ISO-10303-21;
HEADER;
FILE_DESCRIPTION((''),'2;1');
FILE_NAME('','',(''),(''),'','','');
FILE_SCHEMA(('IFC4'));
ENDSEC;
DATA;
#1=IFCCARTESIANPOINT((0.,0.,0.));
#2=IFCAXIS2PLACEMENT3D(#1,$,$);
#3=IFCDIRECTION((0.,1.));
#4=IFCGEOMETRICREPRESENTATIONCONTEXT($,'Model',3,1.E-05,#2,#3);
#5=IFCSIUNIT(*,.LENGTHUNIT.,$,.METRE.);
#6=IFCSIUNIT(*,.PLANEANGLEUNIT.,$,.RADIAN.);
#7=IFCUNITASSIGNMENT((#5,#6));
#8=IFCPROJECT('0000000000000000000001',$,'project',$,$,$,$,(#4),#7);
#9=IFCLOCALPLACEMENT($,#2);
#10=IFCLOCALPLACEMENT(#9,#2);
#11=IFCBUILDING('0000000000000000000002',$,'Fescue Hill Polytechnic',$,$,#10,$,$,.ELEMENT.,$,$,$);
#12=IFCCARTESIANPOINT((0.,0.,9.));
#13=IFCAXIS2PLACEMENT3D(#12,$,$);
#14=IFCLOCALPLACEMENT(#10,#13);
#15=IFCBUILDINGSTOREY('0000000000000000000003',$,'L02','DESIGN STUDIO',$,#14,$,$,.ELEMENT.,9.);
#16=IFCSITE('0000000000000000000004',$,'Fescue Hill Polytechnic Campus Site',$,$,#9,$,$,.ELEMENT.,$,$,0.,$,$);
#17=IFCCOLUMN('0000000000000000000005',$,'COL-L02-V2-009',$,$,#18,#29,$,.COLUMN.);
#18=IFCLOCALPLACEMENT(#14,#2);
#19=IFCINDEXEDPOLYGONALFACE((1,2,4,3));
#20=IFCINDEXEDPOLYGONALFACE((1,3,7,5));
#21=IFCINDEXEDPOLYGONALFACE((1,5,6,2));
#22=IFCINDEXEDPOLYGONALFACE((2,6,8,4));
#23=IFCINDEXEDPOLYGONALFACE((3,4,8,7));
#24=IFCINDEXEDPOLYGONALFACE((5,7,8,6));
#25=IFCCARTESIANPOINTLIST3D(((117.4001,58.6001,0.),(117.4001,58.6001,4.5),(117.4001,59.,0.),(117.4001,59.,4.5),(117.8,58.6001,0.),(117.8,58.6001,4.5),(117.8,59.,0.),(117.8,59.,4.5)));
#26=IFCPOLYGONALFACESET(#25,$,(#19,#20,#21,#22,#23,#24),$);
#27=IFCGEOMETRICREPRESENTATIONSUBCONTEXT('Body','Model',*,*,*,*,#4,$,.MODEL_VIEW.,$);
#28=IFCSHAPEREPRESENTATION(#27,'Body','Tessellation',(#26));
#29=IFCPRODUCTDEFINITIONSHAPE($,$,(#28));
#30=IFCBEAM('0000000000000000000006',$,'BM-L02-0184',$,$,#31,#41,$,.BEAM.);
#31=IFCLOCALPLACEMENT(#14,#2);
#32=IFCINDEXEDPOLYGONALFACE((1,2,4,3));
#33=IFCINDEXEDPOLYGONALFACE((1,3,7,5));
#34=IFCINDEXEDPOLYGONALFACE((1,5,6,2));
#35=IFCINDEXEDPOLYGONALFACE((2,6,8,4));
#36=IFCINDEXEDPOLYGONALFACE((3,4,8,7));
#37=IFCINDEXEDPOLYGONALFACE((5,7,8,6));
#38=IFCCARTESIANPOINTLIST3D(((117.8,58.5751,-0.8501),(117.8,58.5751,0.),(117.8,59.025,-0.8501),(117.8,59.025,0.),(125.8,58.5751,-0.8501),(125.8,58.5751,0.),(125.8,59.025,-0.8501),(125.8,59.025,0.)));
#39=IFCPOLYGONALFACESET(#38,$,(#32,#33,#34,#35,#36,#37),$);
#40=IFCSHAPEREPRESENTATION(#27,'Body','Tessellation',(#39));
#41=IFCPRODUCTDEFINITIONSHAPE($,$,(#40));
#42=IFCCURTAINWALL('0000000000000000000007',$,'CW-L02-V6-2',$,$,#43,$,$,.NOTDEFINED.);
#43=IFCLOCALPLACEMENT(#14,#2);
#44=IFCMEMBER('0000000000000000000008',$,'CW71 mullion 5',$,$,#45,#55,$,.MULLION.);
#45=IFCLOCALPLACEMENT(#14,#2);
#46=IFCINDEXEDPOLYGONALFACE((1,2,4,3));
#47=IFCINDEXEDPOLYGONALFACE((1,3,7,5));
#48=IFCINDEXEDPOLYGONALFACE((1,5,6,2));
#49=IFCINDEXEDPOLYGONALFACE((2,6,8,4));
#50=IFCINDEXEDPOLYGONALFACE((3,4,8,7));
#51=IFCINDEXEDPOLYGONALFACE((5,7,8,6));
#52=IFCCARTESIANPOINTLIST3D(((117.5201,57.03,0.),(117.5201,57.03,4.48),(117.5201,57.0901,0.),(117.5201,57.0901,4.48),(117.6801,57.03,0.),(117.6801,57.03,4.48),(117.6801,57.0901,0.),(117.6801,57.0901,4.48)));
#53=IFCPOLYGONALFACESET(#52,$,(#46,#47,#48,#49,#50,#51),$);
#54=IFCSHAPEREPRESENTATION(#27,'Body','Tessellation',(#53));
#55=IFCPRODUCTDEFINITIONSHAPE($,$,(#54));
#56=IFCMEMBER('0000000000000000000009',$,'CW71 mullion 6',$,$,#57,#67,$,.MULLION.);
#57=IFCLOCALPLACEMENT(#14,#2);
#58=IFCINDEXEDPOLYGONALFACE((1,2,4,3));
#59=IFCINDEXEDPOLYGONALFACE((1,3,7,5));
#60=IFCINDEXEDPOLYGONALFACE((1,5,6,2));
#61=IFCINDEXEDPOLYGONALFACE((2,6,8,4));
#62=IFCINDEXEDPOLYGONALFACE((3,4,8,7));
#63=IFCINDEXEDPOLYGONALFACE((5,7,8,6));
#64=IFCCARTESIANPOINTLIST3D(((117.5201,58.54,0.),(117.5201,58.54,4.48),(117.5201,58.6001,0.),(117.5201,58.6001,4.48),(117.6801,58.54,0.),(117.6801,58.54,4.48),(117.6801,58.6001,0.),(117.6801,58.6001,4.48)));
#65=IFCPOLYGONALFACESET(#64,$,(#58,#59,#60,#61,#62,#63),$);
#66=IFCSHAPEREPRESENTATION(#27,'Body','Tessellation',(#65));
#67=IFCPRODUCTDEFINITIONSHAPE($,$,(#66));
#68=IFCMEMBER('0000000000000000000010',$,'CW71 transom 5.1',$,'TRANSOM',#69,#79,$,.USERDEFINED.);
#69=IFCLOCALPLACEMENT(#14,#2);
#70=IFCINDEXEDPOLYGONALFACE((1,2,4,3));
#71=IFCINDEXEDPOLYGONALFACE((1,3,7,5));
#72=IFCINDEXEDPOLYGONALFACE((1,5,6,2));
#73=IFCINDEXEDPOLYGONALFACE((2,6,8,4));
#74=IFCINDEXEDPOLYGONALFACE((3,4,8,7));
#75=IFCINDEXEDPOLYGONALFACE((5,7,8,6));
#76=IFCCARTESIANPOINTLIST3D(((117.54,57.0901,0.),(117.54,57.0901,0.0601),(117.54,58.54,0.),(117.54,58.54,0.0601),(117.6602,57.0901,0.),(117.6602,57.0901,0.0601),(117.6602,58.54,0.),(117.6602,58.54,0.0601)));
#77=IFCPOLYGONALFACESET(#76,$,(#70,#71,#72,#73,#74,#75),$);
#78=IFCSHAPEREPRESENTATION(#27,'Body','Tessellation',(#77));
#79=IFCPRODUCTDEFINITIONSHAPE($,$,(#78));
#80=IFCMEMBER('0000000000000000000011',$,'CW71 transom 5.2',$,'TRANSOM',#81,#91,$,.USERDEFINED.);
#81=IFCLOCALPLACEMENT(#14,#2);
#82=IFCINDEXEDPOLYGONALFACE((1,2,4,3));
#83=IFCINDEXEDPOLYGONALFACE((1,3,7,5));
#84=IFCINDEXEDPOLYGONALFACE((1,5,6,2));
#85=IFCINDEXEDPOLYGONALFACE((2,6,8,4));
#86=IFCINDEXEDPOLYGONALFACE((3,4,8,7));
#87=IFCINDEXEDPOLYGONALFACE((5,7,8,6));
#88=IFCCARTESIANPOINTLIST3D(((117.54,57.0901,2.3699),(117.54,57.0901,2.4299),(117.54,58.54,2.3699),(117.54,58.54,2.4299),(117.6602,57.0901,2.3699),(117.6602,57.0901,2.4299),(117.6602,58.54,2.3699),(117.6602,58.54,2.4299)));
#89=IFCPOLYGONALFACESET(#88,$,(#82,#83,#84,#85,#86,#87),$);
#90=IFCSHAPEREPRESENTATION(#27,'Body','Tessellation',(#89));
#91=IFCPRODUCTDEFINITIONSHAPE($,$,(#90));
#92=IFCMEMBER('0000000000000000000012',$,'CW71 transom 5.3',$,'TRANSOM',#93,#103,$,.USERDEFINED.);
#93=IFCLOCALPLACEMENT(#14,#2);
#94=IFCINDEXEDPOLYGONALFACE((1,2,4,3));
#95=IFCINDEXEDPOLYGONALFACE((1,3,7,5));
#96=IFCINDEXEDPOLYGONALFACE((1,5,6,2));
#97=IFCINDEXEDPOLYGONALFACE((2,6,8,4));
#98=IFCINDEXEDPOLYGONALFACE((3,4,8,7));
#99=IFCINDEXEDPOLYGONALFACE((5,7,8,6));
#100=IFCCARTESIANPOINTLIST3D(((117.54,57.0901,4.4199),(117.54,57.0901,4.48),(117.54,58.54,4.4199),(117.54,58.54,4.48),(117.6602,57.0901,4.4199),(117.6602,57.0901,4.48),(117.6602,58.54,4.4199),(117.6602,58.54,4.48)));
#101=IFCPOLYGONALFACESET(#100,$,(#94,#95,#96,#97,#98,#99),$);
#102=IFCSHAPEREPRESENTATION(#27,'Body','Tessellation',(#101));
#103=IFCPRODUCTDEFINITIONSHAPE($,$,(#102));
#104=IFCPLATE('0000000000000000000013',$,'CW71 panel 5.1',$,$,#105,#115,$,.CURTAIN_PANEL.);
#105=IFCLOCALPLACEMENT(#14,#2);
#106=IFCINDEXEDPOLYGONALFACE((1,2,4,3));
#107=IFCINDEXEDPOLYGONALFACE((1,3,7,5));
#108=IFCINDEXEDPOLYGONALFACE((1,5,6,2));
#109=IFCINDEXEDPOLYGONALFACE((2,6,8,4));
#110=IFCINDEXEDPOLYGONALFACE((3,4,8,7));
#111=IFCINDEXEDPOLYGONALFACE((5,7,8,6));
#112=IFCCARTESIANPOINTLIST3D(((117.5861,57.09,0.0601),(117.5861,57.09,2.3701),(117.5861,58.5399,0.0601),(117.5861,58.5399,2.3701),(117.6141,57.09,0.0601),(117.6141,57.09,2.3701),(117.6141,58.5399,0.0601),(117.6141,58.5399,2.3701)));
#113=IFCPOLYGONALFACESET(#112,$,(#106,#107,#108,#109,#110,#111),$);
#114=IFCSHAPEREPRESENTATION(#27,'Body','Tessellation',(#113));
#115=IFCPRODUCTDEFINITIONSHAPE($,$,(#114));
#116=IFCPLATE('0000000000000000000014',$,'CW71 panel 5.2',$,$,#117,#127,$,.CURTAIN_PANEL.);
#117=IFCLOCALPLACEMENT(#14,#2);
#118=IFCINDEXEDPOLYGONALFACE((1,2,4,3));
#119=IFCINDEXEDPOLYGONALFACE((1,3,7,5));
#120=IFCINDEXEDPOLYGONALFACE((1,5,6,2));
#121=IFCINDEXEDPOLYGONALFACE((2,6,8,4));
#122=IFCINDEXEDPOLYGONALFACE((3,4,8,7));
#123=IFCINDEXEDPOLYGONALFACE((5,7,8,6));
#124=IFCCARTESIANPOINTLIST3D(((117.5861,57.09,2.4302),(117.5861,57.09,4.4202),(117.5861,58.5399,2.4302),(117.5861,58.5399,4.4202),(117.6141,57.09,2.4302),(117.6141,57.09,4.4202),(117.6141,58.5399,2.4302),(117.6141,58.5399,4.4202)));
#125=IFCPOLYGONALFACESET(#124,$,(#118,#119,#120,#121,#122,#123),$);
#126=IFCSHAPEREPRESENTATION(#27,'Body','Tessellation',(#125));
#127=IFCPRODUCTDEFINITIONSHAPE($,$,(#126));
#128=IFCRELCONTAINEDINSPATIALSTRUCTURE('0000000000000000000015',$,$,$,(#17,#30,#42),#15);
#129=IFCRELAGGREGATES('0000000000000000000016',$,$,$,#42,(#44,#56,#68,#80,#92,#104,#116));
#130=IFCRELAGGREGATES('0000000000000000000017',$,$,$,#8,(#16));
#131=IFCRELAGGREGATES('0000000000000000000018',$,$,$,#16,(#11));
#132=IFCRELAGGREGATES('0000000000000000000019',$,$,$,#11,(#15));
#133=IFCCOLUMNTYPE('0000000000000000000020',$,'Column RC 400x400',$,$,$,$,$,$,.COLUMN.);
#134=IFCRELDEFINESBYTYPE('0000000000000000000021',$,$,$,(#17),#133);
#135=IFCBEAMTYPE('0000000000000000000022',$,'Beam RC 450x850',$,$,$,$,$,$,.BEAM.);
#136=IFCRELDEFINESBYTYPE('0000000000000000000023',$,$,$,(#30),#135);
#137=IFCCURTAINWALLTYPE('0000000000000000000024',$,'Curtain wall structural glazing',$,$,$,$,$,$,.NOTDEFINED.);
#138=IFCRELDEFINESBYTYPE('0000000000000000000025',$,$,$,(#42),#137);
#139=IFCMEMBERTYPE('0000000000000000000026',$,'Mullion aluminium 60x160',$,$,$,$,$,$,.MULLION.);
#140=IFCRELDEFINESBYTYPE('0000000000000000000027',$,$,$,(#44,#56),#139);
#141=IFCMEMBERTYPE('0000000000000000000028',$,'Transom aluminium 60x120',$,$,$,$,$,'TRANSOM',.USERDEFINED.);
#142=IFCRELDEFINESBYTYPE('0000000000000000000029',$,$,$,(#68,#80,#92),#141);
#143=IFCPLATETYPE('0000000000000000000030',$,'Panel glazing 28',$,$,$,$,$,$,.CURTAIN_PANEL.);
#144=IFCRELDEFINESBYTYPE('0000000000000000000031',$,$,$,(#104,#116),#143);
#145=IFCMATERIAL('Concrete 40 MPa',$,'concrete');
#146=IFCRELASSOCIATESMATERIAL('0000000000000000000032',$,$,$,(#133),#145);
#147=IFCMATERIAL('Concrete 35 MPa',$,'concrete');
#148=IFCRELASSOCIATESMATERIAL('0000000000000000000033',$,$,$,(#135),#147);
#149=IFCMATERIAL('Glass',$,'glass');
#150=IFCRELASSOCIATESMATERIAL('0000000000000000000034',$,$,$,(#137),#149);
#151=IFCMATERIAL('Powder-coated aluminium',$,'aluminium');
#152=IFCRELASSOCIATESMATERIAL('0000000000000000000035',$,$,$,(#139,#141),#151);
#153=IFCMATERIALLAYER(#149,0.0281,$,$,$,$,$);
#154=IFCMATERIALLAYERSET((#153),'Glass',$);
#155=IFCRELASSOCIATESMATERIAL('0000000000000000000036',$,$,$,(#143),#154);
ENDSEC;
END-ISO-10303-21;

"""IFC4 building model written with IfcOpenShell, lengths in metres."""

from ifc_helpers import new_model, si_unit, direction, frame, origin, origin_2d, place, context, subcontext, project, spatial, rectangle, extrude, material, layer, layer_set, material_profile, profile_set, type_object, element, aggregate, save


model = new_model("IFC4")

# Units and contexts
model_context = context("Model", 3, precision=1e-05, world=origin(), true_north=direction((0.0, 1.0)))
body_context = subcontext(model_context, "Body", "Model", "MODEL_VIEW")
ifc_project = project(units=[si_unit("LENGTHUNIT", "METRE"), si_unit("PLANEANGLEUNIT", "RADIAN")], contexts=[model_context])

# Site, building, storey
site_placement = place(None, origin())
site = spatial("IfcSite", under=ifc_project, at=site_placement, Name="Fescue Hill Polytechnic Campus Site", CompositionType="ELEMENT", RefElevation=0.0)
building_placement = place(site_placement, origin())
building = spatial("IfcBuilding", under=site, at=building_placement, Name="Fescue Hill Polytechnic", CompositionType="ELEMENT")
storey_placement = place(building_placement, frame((0.0, 0.0, 9.0)))
storey = spatial("IfcBuildingStorey", under=building, at=storey_placement, Name="L02", Description="DESIGN STUDIO", CompositionType="ELEMENT", Elevation=9.0)

# Column
ifc_material_1 = material(Name="Concrete 40 MPa", Category="concrete")
ifc_material_profile_1 = material_profile(ifc_material_1, rectangle(XDim=0.3999, YDim=0.3999, at=origin_2d()), Name="RC 400x400")
ifc_profile_set_1 = profile_set([ifc_material_profile_1], Name="Concrete 40 MPa")
column_type = type_object("IfcColumnType", Name="Column RC 400x400", PredefinedType="COLUMN", material=ifc_profile_set_1)
column_placement = place(storey_placement, frame((117.6001, 58.8, 0.0), z_axis=(0.0, 0.0, 1.0), x_axis=(1.0, 0.0, 0.0)))
element("IfcColumn", 1, at=column_placement, inside=storey, type_object=column_type, Name="COL-L02-V2-009", PredefinedType="COLUMN", context=body_context, shape_type="SweptSolid", body=[
    extrude(rectangle(XDim=0.3999, YDim=0.3999, at=origin_2d()), origin(), (0.0, 0.0, 1.0), 4.5),
])

# Beam
ifc_material_2 = material(Name="Concrete 35 MPa", Category="concrete")
ifc_material_profile_2 = material_profile(ifc_material_2, rectangle(XDim=0.45, YDim=0.8501, at=origin_2d()), Name="RC 450x850")
ifc_profile_set_2 = profile_set([ifc_material_profile_2], Name="Concrete 35 MPa")
beam_type = type_object("IfcBeamType", Name="Beam RC 450x850", PredefinedType="BEAM", material=ifc_profile_set_2)
beam_placement = place(storey_placement, frame((117.8, 58.8, -0.425), z_axis=(1.0, 0.0, 0.0), x_axis=(0.0, 1.0, 0.0)))
element("IfcBeam", 2, at=beam_placement, inside=storey, type_object=beam_type, Name="BM-L02-0184", PredefinedType="BEAM", context=body_context, shape_type="SweptSolid", body=[
    extrude(rectangle(XDim=0.45, YDim=0.8501, at=origin_2d()), origin(), (0.0, 0.0, 1.0), 8.0),
])

# Curtain wall, members, plates
ifc_material_3 = material(Name="Glass", Category="glass")
curtain_wall_type = type_object("IfcCurtainWallType", Name="Curtain wall structural glazing", PredefinedType="NOTDEFINED", material=ifc_material_3)
curtain_wall_placement = place(storey_placement, origin())
curtain_wall = element("IfcCurtainWall", 3, at=curtain_wall_placement, inside=storey, type_object=curtain_wall_type, Name="CW-L02-V6-2", PredefinedType="NOTDEFINED")
ifc_material_4 = material(Name="Powder-coated aluminium", Category="aluminium")
ifc_material_profile_3 = material_profile(ifc_material_4, rectangle(XDim=0.1599, YDim=0.0601, at=origin_2d()), Name="Mullion aluminium 60x160")
ifc_profile_set_3 = profile_set([ifc_material_profile_3], Name="Powder-coated aluminium")
member_type_1 = type_object("IfcMemberType", Name="Mullion aluminium 60x160", PredefinedType="MULLION", material=ifc_profile_set_3)
member_1_placement = place(storey_placement, frame((117.6001, 57.0601, 0.0), z_axis=(0.0, 0.0, 1.0), x_axis=(-1.0, 0.0, 0.0)))
member_1 = element("IfcMember", 4, at=member_1_placement, type_object=member_type_1, Name="CW71 mullion 5", PredefinedType="MULLION", context=body_context, shape_type="SweptSolid", body=[
    extrude(rectangle(XDim=0.1599, YDim=0.0601, at=origin_2d()), origin(), (0.0, 0.0, 1.0), 4.48),
])
member_2_placement = place(storey_placement, frame((117.6001, 58.5701, 0.0), z_axis=(0.0, 0.0, 1.0), x_axis=(-1.0, 0.0, 0.0)))
member_2 = element("IfcMember", 5, at=member_2_placement, type_object=member_type_1, Name="CW71 mullion 6", PredefinedType="MULLION", context=body_context, shape_type="SweptSolid", body=[
    extrude(rectangle(XDim=0.1599, YDim=0.0601, at=origin_2d()), origin(), (0.0, 0.0, 1.0), 4.48),
])
ifc_material_profile_4 = material_profile(ifc_material_4, rectangle(XDim=0.1201, YDim=0.0601, at=origin_2d()), Name="Transom aluminium 60x120")
ifc_profile_set_4 = profile_set([ifc_material_profile_4], Name="Powder-coated aluminium")
member_type_2 = type_object("IfcMemberType", Name="Transom aluminium 60x120", ElementType="TRANSOM", PredefinedType="USERDEFINED", material=ifc_profile_set_4)
member_3_placement = place(storey_placement, frame((117.6001, 57.0901, 0.03), z_axis=(0.0, 1.0, 0.0), x_axis=(-1.0, 0.0, 0.0)))
member_3 = element("IfcMember", 6, at=member_3_placement, type_object=member_type_2, Name="CW71 transom 5.1", ObjectType="TRANSOM", PredefinedType="USERDEFINED", context=body_context, shape_type="SweptSolid", body=[
    extrude(rectangle(XDim=0.1201, YDim=0.0601, at=origin_2d()), origin(), (0.0, 0.0, 1.0), 1.45),
])
member_4_placement = place(storey_placement, frame((117.6001, 57.0901, 2.3999), z_axis=(0.0, 1.0, 0.0), x_axis=(-1.0, 0.0, 0.0)))
member_4 = element("IfcMember", 7, at=member_4_placement, type_object=member_type_2, Name="CW71 transom 5.2", ObjectType="TRANSOM", PredefinedType="USERDEFINED", context=body_context, shape_type="SweptSolid", body=[
    extrude(rectangle(XDim=0.1201, YDim=0.0601, at=origin_2d()), origin(), (0.0, 0.0, 1.0), 1.45),
])
member_5_placement = place(storey_placement, frame((117.6001, 57.0901, 4.45), z_axis=(0.0, 1.0, 0.0), x_axis=(-1.0, 0.0, 0.0)))
member_5 = element("IfcMember", 8, at=member_5_placement, type_object=member_type_2, Name="CW71 transom 5.3", ObjectType="TRANSOM", PredefinedType="USERDEFINED", context=body_context, shape_type="SweptSolid", body=[
    extrude(rectangle(XDim=0.1201, YDim=0.0601, at=origin_2d()), origin(), (0.0, 0.0, 1.0), 1.45),
])
ifc_layer_1 = layer(ifc_material_3, 0.0281)
ifc_layer_set_1 = layer_set([ifc_layer_1], Name="Glass")
plate_type = type_object("IfcPlateType", Name="Panel glazing 28", PredefinedType="CURTAIN_PANEL", material=ifc_layer_set_1)
plate_1_placement = place(storey_placement, frame((117.6001, 57.8149, 0.0601), z_axis=(0.0, 0.0, 1.0), x_axis=(0.0, 1.0, 0.0)))
plate_1 = element("IfcPlate", 9, at=plate_1_placement, type_object=plate_type, Name="CW71 panel 5.1", PredefinedType="CURTAIN_PANEL", context=body_context, shape_type="SweptSolid", body=[
    extrude(rectangle(XDim=1.45, YDim=0.0281, at=origin_2d()), origin(), (0.0, 0.0, 1.0), 2.3101),
])
plate_2_placement = place(storey_placement, frame((117.6001, 57.8149, 2.4302), z_axis=(0.0, 0.0, 1.0), x_axis=(0.0, 1.0, 0.0)))
plate_2 = element("IfcPlate", 10, at=plate_2_placement, type_object=plate_type, Name="CW71 panel 5.2", PredefinedType="CURTAIN_PANEL", context=body_context, shape_type="SweptSolid", body=[
    extrude(rectangle(XDim=1.45, YDim=0.0281, at=origin_2d()), origin(), (0.0, 0.0, 1.0), 1.99),
])
aggregate(curtain_wall, [member_1, member_2, member_3, member_4, member_5, plate_1, plate_2])

save(model, "model.ifc")
